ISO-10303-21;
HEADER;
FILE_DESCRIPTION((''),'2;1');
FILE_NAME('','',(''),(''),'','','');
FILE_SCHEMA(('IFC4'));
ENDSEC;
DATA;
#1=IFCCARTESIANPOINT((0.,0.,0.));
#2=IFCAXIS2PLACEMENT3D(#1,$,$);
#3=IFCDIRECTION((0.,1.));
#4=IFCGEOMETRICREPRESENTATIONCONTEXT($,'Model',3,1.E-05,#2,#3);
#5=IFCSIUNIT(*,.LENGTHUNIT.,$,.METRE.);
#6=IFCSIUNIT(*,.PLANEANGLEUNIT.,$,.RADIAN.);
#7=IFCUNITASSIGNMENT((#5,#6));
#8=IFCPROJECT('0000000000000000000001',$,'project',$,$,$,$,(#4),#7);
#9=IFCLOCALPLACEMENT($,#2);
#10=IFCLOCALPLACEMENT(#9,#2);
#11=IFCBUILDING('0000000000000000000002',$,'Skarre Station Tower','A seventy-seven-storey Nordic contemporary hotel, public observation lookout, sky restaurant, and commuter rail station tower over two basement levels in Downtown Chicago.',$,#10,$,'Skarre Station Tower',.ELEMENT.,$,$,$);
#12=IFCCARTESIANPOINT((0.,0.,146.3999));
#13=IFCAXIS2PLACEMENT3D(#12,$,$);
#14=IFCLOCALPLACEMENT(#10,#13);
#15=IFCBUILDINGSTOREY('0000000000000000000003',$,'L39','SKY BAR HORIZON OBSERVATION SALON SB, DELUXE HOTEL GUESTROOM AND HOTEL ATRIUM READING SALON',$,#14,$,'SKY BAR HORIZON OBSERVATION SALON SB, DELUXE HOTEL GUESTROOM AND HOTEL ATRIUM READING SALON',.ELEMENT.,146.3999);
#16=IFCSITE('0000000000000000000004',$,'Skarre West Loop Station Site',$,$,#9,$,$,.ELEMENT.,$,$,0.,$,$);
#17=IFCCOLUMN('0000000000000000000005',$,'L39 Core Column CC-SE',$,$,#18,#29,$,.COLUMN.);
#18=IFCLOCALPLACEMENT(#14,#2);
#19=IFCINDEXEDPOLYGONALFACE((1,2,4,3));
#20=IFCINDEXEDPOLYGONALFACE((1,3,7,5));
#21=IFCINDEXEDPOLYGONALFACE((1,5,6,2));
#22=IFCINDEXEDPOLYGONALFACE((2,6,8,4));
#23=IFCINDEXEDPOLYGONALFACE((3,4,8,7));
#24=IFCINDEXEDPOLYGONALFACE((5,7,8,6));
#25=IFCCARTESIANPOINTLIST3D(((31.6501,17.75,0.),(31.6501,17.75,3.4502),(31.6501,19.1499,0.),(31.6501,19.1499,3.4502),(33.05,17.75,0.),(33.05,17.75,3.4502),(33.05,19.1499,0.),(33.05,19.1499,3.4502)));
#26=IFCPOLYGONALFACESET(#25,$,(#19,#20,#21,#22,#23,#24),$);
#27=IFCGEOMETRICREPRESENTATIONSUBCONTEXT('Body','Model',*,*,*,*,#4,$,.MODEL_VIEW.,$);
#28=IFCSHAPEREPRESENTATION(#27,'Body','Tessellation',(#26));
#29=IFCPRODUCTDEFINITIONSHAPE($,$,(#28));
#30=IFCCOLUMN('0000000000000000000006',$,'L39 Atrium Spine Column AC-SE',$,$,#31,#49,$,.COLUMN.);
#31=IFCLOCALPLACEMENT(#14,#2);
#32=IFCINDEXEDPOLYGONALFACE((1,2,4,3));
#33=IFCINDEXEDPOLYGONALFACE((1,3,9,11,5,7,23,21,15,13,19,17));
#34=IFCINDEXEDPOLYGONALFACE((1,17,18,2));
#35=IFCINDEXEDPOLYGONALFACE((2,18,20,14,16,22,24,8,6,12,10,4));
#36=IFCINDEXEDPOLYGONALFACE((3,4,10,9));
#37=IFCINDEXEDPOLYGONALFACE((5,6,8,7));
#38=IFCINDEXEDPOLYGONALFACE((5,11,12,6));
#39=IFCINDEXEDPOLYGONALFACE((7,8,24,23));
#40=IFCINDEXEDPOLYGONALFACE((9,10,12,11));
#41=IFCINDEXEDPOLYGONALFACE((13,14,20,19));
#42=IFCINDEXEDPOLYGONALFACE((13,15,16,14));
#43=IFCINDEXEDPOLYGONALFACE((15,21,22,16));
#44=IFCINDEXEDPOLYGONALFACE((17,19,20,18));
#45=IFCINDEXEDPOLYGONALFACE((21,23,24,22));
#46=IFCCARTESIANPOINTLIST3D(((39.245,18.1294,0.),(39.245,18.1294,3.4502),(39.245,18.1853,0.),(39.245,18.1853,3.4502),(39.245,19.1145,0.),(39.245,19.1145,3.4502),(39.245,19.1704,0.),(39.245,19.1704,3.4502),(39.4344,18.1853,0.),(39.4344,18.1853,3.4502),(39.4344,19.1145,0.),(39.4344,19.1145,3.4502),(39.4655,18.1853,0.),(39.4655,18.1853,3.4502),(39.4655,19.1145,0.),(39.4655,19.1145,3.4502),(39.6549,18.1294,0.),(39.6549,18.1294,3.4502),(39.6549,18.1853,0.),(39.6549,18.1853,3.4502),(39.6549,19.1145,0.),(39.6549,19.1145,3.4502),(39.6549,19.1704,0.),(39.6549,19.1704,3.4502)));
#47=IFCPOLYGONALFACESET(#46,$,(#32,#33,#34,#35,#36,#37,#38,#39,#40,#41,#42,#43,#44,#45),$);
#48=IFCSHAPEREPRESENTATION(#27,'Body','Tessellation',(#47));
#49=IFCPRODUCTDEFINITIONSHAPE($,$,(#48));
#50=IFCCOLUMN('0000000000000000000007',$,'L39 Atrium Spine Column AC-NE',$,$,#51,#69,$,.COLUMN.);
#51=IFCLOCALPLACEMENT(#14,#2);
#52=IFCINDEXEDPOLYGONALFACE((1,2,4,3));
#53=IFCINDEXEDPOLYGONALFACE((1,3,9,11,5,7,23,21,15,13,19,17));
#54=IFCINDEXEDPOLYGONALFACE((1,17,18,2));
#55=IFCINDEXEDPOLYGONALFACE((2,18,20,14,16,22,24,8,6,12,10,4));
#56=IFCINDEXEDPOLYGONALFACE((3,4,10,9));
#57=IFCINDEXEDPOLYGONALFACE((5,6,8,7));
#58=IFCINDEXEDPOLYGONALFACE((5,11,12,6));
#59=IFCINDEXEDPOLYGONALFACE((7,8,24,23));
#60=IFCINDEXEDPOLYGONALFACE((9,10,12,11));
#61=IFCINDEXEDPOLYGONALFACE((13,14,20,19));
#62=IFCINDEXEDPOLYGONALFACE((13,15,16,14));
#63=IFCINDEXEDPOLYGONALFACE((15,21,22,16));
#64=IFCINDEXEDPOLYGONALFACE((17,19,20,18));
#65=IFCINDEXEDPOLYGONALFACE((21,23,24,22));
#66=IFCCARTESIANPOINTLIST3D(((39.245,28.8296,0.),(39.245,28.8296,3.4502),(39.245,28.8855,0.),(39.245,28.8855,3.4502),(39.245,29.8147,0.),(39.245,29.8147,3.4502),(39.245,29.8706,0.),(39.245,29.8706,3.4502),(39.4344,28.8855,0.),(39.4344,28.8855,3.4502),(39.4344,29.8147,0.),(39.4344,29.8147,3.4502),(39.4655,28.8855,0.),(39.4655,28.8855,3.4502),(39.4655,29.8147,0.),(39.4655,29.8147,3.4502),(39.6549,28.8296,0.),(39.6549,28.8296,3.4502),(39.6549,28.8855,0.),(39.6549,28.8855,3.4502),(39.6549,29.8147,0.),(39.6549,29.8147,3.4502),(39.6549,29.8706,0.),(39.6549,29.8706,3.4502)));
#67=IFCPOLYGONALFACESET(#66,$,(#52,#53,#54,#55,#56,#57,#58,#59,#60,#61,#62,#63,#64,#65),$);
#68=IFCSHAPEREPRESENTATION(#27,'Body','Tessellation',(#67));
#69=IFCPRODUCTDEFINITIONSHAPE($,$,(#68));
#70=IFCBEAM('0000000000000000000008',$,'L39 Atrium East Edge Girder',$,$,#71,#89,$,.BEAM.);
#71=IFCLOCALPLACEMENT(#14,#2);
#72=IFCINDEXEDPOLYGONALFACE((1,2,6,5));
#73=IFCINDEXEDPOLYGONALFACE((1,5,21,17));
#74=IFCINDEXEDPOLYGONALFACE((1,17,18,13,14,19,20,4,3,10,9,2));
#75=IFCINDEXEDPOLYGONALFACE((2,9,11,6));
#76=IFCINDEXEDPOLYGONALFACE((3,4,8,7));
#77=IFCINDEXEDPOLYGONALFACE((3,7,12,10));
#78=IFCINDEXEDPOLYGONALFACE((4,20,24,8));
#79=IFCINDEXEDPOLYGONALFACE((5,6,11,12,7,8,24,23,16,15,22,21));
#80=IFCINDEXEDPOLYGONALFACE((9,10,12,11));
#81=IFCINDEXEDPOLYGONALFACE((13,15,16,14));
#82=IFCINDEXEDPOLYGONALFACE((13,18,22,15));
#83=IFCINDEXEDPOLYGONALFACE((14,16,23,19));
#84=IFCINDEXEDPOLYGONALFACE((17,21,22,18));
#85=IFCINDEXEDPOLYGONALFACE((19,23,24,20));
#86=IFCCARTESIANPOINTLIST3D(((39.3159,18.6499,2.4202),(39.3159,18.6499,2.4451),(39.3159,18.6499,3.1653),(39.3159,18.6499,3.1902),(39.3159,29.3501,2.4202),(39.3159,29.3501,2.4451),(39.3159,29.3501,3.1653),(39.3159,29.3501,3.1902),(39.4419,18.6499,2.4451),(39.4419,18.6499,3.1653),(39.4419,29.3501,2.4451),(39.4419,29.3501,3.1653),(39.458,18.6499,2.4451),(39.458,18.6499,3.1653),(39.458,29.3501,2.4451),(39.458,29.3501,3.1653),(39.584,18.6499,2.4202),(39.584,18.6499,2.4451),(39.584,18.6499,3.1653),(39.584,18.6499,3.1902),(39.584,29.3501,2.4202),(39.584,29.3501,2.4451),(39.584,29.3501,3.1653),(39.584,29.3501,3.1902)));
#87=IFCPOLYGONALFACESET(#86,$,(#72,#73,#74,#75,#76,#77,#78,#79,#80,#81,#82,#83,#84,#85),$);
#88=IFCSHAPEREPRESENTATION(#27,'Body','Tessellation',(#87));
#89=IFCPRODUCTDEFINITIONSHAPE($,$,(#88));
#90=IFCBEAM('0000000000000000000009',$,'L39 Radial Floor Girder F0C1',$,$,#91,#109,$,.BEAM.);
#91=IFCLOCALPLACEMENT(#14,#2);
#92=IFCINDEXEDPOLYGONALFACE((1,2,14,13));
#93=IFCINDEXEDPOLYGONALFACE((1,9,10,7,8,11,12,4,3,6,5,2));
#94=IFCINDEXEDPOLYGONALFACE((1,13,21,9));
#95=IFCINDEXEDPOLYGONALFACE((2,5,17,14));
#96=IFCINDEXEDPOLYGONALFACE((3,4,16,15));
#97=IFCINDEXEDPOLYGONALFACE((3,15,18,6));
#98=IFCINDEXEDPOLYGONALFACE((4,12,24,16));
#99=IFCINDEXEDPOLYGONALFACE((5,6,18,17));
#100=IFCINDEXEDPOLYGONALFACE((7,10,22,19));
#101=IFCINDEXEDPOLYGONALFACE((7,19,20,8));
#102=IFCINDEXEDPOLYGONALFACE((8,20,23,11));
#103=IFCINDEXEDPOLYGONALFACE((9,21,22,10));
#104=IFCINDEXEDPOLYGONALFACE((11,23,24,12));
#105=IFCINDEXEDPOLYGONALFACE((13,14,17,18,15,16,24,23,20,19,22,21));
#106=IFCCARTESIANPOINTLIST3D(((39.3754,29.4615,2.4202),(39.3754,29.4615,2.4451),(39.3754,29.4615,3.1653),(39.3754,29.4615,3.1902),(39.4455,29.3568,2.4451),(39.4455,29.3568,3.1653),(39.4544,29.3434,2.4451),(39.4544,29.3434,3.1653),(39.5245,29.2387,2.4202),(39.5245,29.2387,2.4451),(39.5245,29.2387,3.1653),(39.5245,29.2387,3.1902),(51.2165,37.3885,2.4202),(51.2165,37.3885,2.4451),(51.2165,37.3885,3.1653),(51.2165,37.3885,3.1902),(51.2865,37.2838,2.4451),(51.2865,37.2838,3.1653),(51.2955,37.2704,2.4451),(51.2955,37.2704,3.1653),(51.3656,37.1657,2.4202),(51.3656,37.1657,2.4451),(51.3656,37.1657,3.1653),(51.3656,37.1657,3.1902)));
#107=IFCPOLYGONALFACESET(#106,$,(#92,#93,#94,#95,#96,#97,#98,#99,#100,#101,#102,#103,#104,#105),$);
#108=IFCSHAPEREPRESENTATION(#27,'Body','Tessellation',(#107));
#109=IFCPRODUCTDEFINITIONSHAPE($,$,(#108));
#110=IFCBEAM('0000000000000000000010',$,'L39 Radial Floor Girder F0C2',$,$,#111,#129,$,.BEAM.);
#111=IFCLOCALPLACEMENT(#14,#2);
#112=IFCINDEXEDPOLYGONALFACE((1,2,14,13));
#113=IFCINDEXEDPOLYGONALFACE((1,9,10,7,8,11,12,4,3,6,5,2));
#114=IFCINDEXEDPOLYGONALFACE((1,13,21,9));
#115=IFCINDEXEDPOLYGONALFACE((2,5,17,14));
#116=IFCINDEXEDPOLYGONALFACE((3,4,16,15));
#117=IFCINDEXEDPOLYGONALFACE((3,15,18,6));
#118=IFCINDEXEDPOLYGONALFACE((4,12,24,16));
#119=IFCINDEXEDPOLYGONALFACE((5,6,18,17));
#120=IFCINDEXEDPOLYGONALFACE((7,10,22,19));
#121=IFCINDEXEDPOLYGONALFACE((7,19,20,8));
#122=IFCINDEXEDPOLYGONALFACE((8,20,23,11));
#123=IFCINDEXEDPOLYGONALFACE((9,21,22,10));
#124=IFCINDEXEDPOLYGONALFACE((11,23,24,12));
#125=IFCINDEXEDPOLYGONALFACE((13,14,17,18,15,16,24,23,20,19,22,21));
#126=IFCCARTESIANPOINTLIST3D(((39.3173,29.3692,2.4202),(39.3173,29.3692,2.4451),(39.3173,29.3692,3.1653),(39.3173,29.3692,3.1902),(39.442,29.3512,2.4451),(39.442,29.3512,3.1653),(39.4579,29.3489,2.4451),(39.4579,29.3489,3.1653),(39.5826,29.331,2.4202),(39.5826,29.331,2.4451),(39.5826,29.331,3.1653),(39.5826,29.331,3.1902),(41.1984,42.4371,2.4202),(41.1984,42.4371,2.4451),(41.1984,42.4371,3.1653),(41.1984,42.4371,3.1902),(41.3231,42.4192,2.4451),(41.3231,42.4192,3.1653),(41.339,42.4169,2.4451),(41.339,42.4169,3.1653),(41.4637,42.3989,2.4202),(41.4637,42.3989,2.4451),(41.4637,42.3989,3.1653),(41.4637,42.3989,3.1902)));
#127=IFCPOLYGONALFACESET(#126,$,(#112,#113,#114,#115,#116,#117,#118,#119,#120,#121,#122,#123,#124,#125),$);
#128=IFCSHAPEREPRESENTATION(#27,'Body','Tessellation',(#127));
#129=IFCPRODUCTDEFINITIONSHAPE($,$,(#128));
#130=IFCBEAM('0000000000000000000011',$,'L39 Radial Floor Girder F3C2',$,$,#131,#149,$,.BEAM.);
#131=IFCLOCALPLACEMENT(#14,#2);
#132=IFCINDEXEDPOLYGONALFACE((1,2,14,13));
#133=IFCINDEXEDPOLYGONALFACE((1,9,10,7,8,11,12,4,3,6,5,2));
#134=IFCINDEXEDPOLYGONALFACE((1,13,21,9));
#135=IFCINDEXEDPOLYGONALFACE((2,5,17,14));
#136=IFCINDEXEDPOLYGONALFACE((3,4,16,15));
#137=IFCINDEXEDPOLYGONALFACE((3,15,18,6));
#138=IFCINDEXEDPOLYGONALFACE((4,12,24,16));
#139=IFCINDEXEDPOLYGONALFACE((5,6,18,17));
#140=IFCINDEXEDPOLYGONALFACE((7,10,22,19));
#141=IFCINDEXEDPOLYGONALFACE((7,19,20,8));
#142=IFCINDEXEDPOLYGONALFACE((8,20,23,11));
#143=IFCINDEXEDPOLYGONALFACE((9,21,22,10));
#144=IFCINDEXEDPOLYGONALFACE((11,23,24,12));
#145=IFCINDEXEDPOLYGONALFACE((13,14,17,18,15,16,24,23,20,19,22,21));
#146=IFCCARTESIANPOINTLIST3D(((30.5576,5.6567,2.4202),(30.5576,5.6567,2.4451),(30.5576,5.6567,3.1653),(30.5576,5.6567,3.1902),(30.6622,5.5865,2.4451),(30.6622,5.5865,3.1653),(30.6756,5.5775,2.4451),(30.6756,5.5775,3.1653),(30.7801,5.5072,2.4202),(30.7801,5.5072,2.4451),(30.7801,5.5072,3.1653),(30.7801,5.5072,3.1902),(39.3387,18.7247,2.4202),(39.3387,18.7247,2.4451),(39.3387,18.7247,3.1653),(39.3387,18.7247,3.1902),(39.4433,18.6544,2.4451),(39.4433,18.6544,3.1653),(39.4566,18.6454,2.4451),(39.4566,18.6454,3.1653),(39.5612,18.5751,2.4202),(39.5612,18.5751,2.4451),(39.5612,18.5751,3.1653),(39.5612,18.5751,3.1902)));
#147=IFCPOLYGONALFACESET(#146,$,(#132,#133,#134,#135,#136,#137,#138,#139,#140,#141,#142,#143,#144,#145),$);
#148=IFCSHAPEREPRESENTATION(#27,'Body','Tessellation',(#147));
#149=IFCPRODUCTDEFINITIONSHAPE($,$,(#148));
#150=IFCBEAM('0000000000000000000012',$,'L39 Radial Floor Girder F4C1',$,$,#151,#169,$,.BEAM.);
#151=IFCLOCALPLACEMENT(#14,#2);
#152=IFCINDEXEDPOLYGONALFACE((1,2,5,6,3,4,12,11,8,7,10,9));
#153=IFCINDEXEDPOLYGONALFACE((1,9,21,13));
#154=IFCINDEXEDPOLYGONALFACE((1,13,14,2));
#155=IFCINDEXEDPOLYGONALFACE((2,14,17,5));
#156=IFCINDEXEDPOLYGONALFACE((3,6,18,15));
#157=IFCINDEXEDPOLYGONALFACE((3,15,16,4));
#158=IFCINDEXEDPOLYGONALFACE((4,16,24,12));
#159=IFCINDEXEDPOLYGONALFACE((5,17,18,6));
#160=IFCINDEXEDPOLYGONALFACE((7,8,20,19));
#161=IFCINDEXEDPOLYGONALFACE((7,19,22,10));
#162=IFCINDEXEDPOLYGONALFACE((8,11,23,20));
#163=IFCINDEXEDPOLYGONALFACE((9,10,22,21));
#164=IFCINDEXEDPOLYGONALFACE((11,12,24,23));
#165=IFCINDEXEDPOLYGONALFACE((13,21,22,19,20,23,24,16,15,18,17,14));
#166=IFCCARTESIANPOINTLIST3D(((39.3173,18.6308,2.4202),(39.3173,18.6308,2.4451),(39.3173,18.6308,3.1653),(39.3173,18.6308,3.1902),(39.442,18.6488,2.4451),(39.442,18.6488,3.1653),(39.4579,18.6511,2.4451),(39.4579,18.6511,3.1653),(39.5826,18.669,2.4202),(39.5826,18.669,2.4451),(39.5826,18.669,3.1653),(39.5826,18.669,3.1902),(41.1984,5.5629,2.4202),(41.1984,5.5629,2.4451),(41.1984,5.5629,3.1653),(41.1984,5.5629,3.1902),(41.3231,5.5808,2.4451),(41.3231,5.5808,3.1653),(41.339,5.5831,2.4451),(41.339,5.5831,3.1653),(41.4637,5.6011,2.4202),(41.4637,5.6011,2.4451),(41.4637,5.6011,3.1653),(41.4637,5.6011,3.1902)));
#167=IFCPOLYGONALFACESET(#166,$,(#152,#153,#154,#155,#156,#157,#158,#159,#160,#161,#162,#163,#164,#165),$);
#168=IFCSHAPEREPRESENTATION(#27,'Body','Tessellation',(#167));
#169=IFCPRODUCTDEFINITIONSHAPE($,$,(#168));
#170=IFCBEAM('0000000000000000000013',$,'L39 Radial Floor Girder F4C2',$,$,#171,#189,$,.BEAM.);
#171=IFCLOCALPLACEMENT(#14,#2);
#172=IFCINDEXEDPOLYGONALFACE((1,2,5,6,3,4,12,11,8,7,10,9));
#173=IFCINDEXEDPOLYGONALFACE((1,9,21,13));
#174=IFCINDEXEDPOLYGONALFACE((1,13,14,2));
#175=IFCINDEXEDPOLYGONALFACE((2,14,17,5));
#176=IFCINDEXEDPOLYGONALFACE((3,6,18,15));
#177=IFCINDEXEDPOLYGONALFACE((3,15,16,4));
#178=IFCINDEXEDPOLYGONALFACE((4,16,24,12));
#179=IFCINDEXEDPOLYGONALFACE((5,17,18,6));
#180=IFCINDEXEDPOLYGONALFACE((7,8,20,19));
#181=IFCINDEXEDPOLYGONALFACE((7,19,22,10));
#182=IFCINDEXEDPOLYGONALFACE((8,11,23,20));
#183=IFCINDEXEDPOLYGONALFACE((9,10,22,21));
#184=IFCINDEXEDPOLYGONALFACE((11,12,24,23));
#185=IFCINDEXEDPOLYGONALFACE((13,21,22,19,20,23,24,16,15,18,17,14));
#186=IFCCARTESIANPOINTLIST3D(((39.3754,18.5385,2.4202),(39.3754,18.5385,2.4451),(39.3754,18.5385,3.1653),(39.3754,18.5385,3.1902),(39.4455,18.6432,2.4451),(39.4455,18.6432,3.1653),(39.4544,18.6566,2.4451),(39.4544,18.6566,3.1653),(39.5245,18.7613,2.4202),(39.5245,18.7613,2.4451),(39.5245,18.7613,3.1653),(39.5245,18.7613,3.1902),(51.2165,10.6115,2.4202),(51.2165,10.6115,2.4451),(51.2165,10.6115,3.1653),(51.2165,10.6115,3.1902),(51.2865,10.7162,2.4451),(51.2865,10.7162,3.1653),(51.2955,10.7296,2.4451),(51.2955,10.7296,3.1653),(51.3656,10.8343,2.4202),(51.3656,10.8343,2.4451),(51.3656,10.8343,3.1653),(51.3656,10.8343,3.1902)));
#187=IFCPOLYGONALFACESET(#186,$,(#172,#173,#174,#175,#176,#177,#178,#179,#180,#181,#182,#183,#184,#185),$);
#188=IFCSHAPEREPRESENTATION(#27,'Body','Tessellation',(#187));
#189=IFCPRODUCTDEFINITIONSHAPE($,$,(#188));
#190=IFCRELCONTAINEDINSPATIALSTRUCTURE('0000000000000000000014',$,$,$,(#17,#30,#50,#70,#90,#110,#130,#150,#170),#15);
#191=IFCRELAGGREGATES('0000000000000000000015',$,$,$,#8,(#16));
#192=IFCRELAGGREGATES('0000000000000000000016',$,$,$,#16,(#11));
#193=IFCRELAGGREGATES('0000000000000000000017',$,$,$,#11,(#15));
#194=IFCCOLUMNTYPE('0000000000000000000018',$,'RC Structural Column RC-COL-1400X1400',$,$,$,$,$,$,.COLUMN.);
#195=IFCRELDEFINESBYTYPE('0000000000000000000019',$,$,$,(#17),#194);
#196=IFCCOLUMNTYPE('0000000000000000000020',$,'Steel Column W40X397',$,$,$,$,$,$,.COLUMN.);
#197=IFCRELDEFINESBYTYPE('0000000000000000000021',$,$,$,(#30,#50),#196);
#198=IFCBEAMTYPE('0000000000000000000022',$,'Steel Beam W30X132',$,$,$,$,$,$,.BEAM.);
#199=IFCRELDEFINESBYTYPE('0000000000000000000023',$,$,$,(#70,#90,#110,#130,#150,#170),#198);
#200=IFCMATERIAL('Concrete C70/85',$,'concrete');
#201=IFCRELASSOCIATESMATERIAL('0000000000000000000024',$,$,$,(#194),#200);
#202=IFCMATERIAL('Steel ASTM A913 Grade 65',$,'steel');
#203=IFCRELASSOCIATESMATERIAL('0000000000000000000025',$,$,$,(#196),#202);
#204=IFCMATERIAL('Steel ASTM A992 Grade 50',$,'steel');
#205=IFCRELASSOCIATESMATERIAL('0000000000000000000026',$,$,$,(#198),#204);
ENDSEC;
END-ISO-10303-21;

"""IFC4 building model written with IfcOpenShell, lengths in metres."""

from ifc_helpers import new_model, si_unit, direction, frame, origin, origin_2d, place, context, subcontext, project, spatial, rectangle, i_section, extrude, material, material_profile, profile_set, type_object, element, save


model = new_model("IFC4")

# Units and contexts
model_context = context("Model", 3, precision=1e-05, world=origin(), true_north=direction((0.0, 1.0)))
body_context = subcontext(model_context, "Body", "Model", "MODEL_VIEW")
ifc_project = project(units=[si_unit("LENGTHUNIT", "METRE"), si_unit("PLANEANGLEUNIT", "RADIAN")], contexts=[model_context])

# Site, building, storey
site_placement = place(None, origin())
site = spatial("IfcSite", under=ifc_project, at=site_placement, Name="Skarre West Loop Station Site", CompositionType="ELEMENT", RefElevation=0.0)
building_placement = place(site_placement, origin())
building = spatial("IfcBuilding", under=site, at=building_placement, Name="Skarre Station Tower", Description="A seventy-seven-storey Nordic contemporary hotel, public observation lookout, sky restaurant, and commuter rail station tower over two basement levels in Downtown Chicago.", LongName="Skarre Station Tower", CompositionType="ELEMENT")
storey_placement = place(building_placement, frame((0.0, 0.0, 146.3999)))
storey = spatial("IfcBuildingStorey", under=building, at=storey_placement, Name="L39", Description="SKY BAR HORIZON OBSERVATION SALON SB, DELUXE HOTEL GUESTROOM AND HOTEL ATRIUM READING SALON", LongName="SKY BAR HORIZON OBSERVATION SALON SB, DELUXE HOTEL GUESTROOM AND HOTEL ATRIUM READING SALON", CompositionType="ELEMENT", Elevation=146.3999)

# Columns
ifc_material_1 = material(Name="Concrete C70/85", Category="concrete")
ifc_material_profile_1 = material_profile(ifc_material_1, rectangle(XDim=1.3999, YDim=1.3999, at=origin_2d()), Name="Concrete C70/85")
ifc_profile_set_1 = profile_set([ifc_material_profile_1], Name="Concrete C70/85")
column_type_1 = type_object("IfcColumnType", Name="RC Structural Column RC-COL-1400X1400", PredefinedType="COLUMN", material=ifc_profile_set_1)
column_placement = place(storey_placement, frame((32.3501, 18.45, 0.0), z_axis=(0.0, 0.0, 1.0), x_axis=(1.0, 0.0, 0.0)))
element("IfcColumn", 1, at=column_placement, inside=storey, type_object=column_type_1, Name="L39 Core Column CC-SE", PredefinedType="COLUMN", context=body_context, shape_type="SweptSolid", body=[
    extrude(rectangle(XDim=1.3999, YDim=1.3999, at=origin_2d()), origin(), (0.0, 0.0, 1.0), 3.4502),
])
ifc_material_2 = material(Name="Steel ASTM A913 Grade 65", Category="steel")
ifc_material_profile_2 = material_profile(ifc_material_2, i_section(OverallWidth=0.4099, OverallDepth=1.041, WebThickness=0.031, FlangeThickness=0.0559, at=origin_2d()), Name="Steel ASTM A913 Grade 65")
ifc_profile_set_2 = profile_set([ifc_material_profile_2], Name="Steel ASTM A913 Grade 65")
column_type_2 = type_object("IfcColumnType", Name="Steel Column W40X397", PredefinedType="COLUMN", material=ifc_profile_set_2)
for number, where, z_axis, x_axis, name in (
    (2, (39.45, 18.6499, 0.0), (0.0, 0.0, 1.0), (1.0, 0.0, 0.0), "L39 Atrium Spine Column AC-SE"),
    (3, (39.45, 29.3501, 0.0), (0.0, 0.0, 1.0), (1.0, 0.0, 0.0), "L39 Atrium Spine Column AC-NE"),
):
    element("IfcColumn", number, at=place(storey_placement, frame(where, z_axis=z_axis, x_axis=x_axis)), inside=storey, type_object=column_type_2, Name=name, PredefinedType="COLUMN", context=body_context, shape_type="SweptSolid", body=[
        extrude(i_section(OverallWidth=0.4099, OverallDepth=1.041, WebThickness=0.031, FlangeThickness=0.0559, at=origin_2d()), origin(), (0.0, 0.0, 1.0), 3.4502),
    ])

# Beams
ifc_material_3 = material(Name="Steel ASTM A992 Grade 50", Category="steel")
ifc_material_profile_3 = material_profile(ifc_material_3, i_section(OverallWidth=0.2681, OverallDepth=0.77, WebThickness=0.0161, FlangeThickness=0.0249, at=origin_2d()), Name="Steel ASTM A992 Grade 50")
ifc_profile_set_3 = profile_set([ifc_material_profile_3], Name="Steel ASTM A992 Grade 50")
beam_type_1 = type_object("IfcBeamType", Name="Steel Beam W30X132", PredefinedType="BEAM", material=ifc_profile_set_3)
beam_1_placement = place(storey_placement, frame((39.45, 18.6499, 2.8052), z_axis=(0.0, 1.0, 0.0), x_axis=(-1.0, 0.0, 0.0)))
element("IfcBeam", 4, at=beam_1_placement, inside=storey, type_object=beam_type_1, Name="L39 Atrium East Edge Girder", PredefinedType="BEAM", context=body_context, shape_type="SweptSolid", body=[
    extrude(i_section(OverallWidth=0.2681, OverallDepth=0.77, WebThickness=0.0161, FlangeThickness=0.0249, at=origin_2d()), origin(), (0.0, 0.0, 1.0), 10.7002),
])
beam_2_placement = place(storey_placement, frame((39.45, 29.3501, 2.8052), z_axis=(0.830981, 0.5563, 0.0), x_axis=(-0.5563, 0.830981, 0.0)))
element("IfcBeam", 5, at=beam_2_placement, inside=storey, type_object=beam_type_1, Name="L39 Radial Floor Girder F0C1", PredefinedType="BEAM", context=body_context, shape_type="SweptSolid", body=[
    extrude(i_section(OverallWidth=0.2681, OverallDepth=0.77, WebThickness=0.0161, FlangeThickness=0.0249, at=origin_2d()), origin(), (0.0, 0.0, 1.0), 14.2495),
])
beam_3_placement = place(storey_placement, frame((39.45, 29.3501, 2.8052), z_axis=(0.14248, 0.989798, 0.0), x_axis=(-0.989798, 0.14248, 0.0)))
element("IfcBeam", 6, at=beam_3_placement, inside=storey, type_object=beam_type_1, Name="L39 Radial Floor Girder F0C2", PredefinedType="BEAM", context=body_context, shape_type="SweptSolid", body=[
    extrude(i_section(OverallWidth=0.2681, OverallDepth=0.77, WebThickness=0.0161, FlangeThickness=0.0249, at=origin_2d()), origin(), (0.0, 0.0, 1.0), 13.2026),
])
beam_4_placement = place(storey_placement, frame((39.45, 18.6499, 2.8052), z_axis=(-0.557735, -0.830019, 0.0), x_axis=(0.830019, -0.557735, 0.0)))
element("IfcBeam", 7, at=beam_4_placement, inside=storey, type_object=beam_type_1, Name="L39 Radial Floor Girder F3C2", PredefinedType="BEAM", context=body_context, shape_type="SweptSolid", body=[
    extrude(i_section(OverallWidth=0.2681, OverallDepth=0.77, WebThickness=0.0161, FlangeThickness=0.0249, at=origin_2d()), origin(), (0.0, 0.0, 1.0), 15.7441),
])
beam_5_placement = place(storey_placement, frame((39.45, 18.6499, 2.8052), z_axis=(0.14248, -0.989798, 0.0), x_axis=(0.989798, 0.14248, 0.0)))
element("IfcBeam", 8, at=beam_5_placement, inside=storey, type_object=beam_type_1, Name="L39 Radial Floor Girder F4C1", PredefinedType="BEAM", context=body_context, shape_type="SweptSolid", body=[
    extrude(i_section(OverallWidth=0.2681, OverallDepth=0.77, WebThickness=0.0161, FlangeThickness=0.0249, at=origin_2d()), origin(), (0.0, 0.0, 1.0), 13.2026),
])
beam_6_placement = place(storey_placement, frame((39.45, 18.6499, 2.8052), z_axis=(0.830981, -0.5563, 0.0), x_axis=(0.5563, 0.830981, 0.0)))
element("IfcBeam", 9, at=beam_6_placement, inside=storey, type_object=beam_type_1, Name="L39 Radial Floor Girder F4C2", PredefinedType="BEAM", context=body_context, shape_type="SweptSolid", body=[
    extrude(i_section(OverallWidth=0.2681, OverallDepth=0.77, WebThickness=0.0161, FlangeThickness=0.0249, at=origin_2d()), origin(), (0.0, 0.0, 1.0), 14.2495),
])

save(model, "model.ifc")
